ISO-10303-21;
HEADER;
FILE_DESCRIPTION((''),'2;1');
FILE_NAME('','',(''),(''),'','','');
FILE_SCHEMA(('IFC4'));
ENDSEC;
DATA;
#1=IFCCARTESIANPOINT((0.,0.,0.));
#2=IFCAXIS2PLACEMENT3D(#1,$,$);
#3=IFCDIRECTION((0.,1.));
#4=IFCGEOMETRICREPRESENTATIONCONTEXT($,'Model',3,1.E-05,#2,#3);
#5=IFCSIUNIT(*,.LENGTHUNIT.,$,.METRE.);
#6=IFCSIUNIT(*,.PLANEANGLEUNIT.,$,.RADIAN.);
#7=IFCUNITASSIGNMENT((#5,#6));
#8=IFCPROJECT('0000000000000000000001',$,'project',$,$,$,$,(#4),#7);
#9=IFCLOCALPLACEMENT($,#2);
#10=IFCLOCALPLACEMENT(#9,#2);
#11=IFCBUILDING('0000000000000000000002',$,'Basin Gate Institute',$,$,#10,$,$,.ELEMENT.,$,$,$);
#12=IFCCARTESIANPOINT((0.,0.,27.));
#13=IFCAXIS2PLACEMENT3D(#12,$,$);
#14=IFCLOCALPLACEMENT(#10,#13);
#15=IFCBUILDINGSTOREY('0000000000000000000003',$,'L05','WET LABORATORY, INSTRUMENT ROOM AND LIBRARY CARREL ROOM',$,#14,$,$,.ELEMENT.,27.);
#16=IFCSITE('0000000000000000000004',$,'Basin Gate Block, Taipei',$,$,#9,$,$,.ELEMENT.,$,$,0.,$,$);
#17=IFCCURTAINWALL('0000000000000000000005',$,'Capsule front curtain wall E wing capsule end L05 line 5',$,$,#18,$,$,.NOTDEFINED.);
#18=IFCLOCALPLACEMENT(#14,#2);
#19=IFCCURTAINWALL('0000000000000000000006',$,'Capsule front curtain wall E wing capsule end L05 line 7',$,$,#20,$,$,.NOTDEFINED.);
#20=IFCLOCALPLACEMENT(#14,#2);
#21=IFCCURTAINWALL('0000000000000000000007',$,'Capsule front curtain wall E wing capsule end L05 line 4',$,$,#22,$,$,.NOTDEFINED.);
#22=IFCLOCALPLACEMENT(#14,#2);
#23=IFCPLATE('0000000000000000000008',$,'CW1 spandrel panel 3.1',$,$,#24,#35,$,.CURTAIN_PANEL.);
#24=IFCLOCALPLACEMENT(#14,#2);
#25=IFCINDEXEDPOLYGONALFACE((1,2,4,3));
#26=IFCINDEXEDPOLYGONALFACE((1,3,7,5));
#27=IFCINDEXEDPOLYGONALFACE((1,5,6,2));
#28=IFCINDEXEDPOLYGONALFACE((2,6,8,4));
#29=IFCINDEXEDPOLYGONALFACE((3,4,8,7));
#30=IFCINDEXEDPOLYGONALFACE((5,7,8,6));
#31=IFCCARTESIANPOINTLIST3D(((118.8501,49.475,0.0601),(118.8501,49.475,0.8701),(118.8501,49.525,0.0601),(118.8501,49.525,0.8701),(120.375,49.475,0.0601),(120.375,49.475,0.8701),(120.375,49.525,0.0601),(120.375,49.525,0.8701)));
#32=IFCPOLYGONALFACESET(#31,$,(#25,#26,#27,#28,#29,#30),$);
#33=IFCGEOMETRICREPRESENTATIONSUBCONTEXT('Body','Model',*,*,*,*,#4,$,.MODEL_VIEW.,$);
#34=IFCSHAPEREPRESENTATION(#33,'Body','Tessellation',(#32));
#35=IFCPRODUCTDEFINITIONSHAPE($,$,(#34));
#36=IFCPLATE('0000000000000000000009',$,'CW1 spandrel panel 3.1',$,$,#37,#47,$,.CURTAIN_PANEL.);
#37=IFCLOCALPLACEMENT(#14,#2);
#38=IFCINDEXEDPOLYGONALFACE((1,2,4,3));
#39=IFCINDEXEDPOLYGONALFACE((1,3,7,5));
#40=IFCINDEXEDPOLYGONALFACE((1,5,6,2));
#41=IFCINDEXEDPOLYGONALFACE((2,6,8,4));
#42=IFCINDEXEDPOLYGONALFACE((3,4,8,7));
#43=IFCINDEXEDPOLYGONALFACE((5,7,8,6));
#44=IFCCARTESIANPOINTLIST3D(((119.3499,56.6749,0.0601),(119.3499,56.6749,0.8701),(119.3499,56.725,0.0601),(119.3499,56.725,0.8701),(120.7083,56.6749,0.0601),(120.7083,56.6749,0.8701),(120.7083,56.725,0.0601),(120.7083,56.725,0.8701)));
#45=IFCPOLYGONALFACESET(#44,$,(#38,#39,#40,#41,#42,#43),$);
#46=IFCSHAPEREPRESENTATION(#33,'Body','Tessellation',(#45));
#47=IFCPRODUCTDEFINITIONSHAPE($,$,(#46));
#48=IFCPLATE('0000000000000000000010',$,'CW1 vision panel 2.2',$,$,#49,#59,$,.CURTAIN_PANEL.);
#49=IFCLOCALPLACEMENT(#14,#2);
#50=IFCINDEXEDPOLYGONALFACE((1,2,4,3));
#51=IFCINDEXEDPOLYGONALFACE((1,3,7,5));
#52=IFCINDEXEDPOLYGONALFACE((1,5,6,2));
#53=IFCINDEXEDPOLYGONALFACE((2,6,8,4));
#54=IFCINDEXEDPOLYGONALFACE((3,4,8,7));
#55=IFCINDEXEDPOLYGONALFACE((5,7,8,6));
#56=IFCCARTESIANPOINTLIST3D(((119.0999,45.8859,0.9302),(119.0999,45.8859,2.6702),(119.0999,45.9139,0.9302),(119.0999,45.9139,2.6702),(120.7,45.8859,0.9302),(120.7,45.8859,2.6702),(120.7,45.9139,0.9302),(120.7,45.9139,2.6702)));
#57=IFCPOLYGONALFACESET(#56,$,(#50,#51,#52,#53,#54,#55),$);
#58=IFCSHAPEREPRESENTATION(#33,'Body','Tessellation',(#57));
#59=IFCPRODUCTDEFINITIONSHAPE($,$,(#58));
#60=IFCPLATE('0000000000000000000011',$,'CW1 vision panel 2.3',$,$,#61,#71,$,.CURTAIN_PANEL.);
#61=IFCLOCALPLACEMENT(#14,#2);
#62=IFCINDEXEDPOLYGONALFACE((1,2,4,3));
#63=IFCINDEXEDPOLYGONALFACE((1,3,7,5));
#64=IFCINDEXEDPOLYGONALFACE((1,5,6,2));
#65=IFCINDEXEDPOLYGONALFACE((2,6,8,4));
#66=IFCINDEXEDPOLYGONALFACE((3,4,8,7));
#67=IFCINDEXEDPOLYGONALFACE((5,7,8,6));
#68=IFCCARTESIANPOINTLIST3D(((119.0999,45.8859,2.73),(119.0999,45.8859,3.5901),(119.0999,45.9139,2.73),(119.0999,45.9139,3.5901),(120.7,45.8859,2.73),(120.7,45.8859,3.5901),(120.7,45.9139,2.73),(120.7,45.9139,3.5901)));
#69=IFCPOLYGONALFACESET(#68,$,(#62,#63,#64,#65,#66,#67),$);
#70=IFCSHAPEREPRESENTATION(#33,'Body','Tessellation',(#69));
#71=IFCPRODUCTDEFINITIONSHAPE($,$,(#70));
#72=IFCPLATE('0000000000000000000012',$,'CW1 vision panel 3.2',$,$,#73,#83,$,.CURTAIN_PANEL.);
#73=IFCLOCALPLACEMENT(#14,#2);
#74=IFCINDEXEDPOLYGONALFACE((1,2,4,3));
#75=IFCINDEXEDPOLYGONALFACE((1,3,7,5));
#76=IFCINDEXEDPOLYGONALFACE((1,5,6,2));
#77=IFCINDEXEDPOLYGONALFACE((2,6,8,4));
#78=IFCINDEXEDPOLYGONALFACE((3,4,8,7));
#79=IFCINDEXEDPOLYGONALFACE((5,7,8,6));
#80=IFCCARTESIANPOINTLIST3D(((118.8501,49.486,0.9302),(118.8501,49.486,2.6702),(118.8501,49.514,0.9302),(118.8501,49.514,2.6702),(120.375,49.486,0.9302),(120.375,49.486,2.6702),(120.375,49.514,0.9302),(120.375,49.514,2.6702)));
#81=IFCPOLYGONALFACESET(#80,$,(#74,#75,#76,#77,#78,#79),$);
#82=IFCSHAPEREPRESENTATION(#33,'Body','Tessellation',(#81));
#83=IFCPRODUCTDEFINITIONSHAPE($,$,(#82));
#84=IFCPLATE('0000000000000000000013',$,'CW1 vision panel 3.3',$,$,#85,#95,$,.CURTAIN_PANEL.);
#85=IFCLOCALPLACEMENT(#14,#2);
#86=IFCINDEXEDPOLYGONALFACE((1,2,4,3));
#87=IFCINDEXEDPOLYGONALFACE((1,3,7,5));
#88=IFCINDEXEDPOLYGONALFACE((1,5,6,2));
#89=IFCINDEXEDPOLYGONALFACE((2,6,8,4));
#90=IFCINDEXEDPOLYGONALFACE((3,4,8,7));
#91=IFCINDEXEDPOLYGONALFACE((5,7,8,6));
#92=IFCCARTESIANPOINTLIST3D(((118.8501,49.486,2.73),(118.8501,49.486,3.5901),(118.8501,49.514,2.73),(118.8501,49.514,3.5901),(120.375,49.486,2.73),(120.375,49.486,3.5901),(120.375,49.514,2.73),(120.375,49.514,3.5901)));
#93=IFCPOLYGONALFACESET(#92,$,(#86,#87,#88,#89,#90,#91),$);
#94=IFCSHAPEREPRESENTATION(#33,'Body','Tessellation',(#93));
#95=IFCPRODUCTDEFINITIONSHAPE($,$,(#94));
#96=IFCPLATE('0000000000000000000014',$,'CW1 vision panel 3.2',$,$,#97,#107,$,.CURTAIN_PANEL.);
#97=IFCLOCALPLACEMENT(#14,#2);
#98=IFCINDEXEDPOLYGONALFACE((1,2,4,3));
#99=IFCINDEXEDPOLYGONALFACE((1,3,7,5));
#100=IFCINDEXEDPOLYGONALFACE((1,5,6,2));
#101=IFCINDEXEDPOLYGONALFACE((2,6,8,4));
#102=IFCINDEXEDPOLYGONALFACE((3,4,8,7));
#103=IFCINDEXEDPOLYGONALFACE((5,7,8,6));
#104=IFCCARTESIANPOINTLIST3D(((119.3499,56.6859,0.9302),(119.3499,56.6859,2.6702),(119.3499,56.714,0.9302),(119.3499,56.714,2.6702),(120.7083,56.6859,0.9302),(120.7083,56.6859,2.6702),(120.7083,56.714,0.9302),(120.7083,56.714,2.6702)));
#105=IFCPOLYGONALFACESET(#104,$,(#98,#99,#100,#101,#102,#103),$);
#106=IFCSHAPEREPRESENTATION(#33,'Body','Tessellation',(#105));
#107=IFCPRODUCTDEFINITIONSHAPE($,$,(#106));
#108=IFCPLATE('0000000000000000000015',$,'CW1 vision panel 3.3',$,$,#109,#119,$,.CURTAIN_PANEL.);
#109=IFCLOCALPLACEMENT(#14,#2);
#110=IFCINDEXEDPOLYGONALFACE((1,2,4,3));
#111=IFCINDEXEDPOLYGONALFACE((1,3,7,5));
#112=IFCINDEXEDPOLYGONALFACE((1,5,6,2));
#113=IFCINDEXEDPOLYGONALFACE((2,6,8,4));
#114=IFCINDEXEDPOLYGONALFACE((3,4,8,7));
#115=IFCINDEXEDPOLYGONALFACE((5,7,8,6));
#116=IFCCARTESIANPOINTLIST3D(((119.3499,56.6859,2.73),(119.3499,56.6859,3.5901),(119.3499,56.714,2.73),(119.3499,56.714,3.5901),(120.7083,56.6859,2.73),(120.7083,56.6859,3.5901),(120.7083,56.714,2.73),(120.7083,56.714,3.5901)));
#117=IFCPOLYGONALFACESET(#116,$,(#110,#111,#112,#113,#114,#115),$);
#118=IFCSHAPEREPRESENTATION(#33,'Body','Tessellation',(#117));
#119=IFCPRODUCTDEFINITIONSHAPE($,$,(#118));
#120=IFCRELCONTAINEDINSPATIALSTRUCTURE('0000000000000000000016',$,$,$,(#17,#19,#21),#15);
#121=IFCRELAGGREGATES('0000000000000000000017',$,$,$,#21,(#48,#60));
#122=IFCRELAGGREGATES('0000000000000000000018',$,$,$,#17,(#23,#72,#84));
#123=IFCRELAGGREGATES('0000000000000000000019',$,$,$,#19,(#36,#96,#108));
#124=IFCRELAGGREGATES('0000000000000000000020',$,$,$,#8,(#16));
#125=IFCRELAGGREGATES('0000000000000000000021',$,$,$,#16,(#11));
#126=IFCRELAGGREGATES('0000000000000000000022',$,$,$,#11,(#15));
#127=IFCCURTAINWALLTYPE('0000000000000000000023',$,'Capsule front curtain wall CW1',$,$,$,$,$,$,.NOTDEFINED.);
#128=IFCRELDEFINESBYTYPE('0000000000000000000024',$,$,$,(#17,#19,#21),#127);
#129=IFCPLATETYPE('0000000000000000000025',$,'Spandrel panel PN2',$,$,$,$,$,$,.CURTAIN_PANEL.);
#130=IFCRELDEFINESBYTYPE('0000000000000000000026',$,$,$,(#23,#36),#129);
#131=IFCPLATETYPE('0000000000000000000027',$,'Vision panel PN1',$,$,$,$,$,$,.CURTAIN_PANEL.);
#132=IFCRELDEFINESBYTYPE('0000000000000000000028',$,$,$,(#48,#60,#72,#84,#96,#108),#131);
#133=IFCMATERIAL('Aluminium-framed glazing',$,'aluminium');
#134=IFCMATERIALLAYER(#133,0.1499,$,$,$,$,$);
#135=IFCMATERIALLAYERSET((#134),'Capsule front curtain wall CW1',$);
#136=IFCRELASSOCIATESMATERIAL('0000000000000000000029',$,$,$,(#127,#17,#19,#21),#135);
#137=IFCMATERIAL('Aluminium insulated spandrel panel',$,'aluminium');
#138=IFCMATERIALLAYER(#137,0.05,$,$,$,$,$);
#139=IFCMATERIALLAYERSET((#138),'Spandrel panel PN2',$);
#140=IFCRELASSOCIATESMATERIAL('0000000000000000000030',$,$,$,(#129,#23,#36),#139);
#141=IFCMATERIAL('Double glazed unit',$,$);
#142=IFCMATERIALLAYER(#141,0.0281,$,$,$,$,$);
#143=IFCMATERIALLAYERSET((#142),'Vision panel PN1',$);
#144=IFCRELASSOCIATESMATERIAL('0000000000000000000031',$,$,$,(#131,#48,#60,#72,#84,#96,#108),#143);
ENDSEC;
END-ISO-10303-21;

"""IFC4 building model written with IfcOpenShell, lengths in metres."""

from ifc_helpers import new_model, si_unit, direction, frame, origin, origin_2d, place, context, subcontext, project, spatial, rectangle, extrude, material, layer, layer_set, type_object, element, aggregate, save


model = new_model("IFC4")

# Units and contexts
model_context = context("Model", 3, precision=1e-05, world=origin(), true_north=direction((0.0, 1.0)))
body_context = subcontext(model_context, "Body", "Model", "MODEL_VIEW")
ifc_project = project(units=[si_unit("LENGTHUNIT", "METRE"), si_unit("PLANEANGLEUNIT", "RADIAN")], contexts=[model_context])

# Site, building, storey
site_placement = place(None, origin())
site = spatial("IfcSite", under=ifc_project, at=site_placement, Name="Basin Gate Block, Taipei", CompositionType="ELEMENT", RefElevation=0.0)
building_placement = place(site_placement, origin())
building = spatial("IfcBuilding", under=site, at=building_placement, Name="Basin Gate Institute", CompositionType="ELEMENT")
storey_placement = place(building_placement, frame((0.0, 0.0, 27.0)))
storey = spatial("IfcBuildingStorey", under=building, at=storey_placement, Name="L05", Description="WET LABORATORY, INSTRUMENT ROOM AND LIBRARY CARREL ROOM", CompositionType="ELEMENT", Elevation=27.0)

# Curtain walls
ifc_material_1 = material(Name="Aluminium-framed glazing", Category="aluminium")
ifc_layer_1 = layer(ifc_material_1, 0.1499)
ifc_layer_set_1 = layer_set([ifc_layer_1], Name="Capsule front curtain wall CW1")
curtain_wall_type = type_object("IfcCurtainWallType", Name="Capsule front curtain wall CW1", PredefinedType="NOTDEFINED", material=ifc_layer_set_1)
curtain_wall_1_placement = place(storey_placement, origin())
curtain_wall_1 = element("IfcCurtainWall", 1, at=curtain_wall_1_placement, inside=storey, type_object=curtain_wall_type, material=ifc_layer_set_1, Name="Capsule front curtain wall E wing capsule end L05 line 5", PredefinedType="NOTDEFINED")
curtain_wall_2_placement = place(storey_placement, origin())
curtain_wall_2 = element("IfcCurtainWall", 2, at=curtain_wall_2_placement, inside=storey, type_object=curtain_wall_type, material=ifc_layer_set_1, Name="Capsule front curtain wall E wing capsule end L05 line 7", PredefinedType="NOTDEFINED")

# Curtain wall
curtain_wall_3_placement = place(storey_placement, origin())
curtain_wall_3 = element("IfcCurtainWall", 3, at=curtain_wall_3_placement, inside=storey, type_object=curtain_wall_type, material=ifc_layer_set_1, Name="Capsule front curtain wall E wing capsule end L05 line 4", PredefinedType="NOTDEFINED")

# Plates
ifc_material_2 = material(Name="Aluminium insulated spandrel panel", Category="aluminium")
ifc_layer_2 = layer(ifc_material_2, 0.05)
ifc_layer_set_2 = layer_set([ifc_layer_2], Name="Spandrel panel PN2")
plate_type_1 = type_object("IfcPlateType", Name="Spandrel panel PN2", PredefinedType="CURTAIN_PANEL", material=ifc_layer_set_2)
plate_1_placement = place(storey_placement, frame((119.6125, 49.5, 0.0601), z_axis=(0.0, 0.0, 1.0), x_axis=(-1.0, 0.0, 0.0)))
plate_1 = element("IfcPlate", 4, at=plate_1_placement, type_object=plate_type_1, material=ifc_layer_set_2, Name="CW1 spandrel panel 3.1", PredefinedType="CURTAIN_PANEL", context=body_context, shape_type="SweptSolid", body=[
    extrude(rectangle(XDim=1.5249, YDim=0.05, at=origin_2d()), origin(), (0.0, 0.0, 1.0), 0.8101),
])
plate_2_placement = place(storey_placement, frame((120.0291, 56.7, 0.0601), z_axis=(0.0, 0.0, 1.0), x_axis=(-1.0, 0.0, 0.0)))
plate_2 = element("IfcPlate", 5, at=plate_2_placement, type_object=plate_type_1, material=ifc_layer_set_2, Name="CW1 spandrel panel 3.1", PredefinedType="CURTAIN_PANEL", context=body_context, shape_type="SweptSolid", body=[
    extrude(rectangle(XDim=1.3584, YDim=0.05, at=origin_2d()), origin(), (0.0, 0.0, 1.0), 0.8101),
])
ifc_material_3 = material(Name="Double glazed unit")
ifc_layer_3 = layer(ifc_material_3, 0.0281)
ifc_layer_set_3 = layer_set([ifc_layer_3], Name="Vision panel PN1")
plate_type_2 = type_object("IfcPlateType", Name="Vision panel PN1", PredefinedType="CURTAIN_PANEL", material=ifc_layer_set_3)
plate_3_placement = place(storey_placement, frame((119.8999, 45.8999, 0.9302), z_axis=(0.0, 0.0, 1.0), x_axis=(-1.0, 0.0, 0.0)))
plate_3 = element("IfcPlate", 6, at=plate_3_placement, type_object=plate_type_2, material=ifc_layer_set_3, Name="CW1 vision panel 2.2", PredefinedType="CURTAIN_PANEL", context=body_context, shape_type="SweptSolid", body=[
    extrude(rectangle(XDim=1.6001, YDim=0.0281, at=origin_2d()), origin(), (0.0, 0.0, 1.0), 1.74),
])
plate_4_placement = place(storey_placement, frame((119.8999, 45.8999, 2.73), z_axis=(0.0, 0.0, 1.0), x_axis=(-1.0, 0.0, 0.0)))
plate_4 = element("IfcPlate", 7, at=plate_4_placement, type_object=plate_type_2, material=ifc_layer_set_3, Name="CW1 vision panel 2.3", PredefinedType="CURTAIN_PANEL", context=body_context, shape_type="SweptSolid", body=[
    extrude(rectangle(XDim=1.6001, YDim=0.0281, at=origin_2d()), origin(), (0.0, 0.0, 1.0), 0.8601),
])
aggregate(curtain_wall_3, [plate_3, plate_4])
plate_5_placement = place(storey_placement, frame((119.6125, 49.5, 0.9302), z_axis=(0.0, 0.0, 1.0), x_axis=(-1.0, 0.0, 0.0)))
plate_5 = element("IfcPlate", 8, at=plate_5_placement, type_object=plate_type_2, material=ifc_layer_set_3, Name="CW1 vision panel 3.2", PredefinedType="CURTAIN_PANEL", context=body_context, shape_type="SweptSolid", body=[
    extrude(rectangle(XDim=1.5249, YDim=0.0281, at=origin_2d()), origin(), (0.0, 0.0, 1.0), 1.74),
])
plate_6_placement = place(storey_placement, frame((119.6125, 49.5, 2.73), z_axis=(0.0, 0.0, 1.0), x_axis=(-1.0, 0.0, 0.0)))
plate_6 = element("IfcPlate", 9, at=plate_6_placement, type_object=plate_type_2, material=ifc_layer_set_3, Name="CW1 vision panel 3.3", PredefinedType="CURTAIN_PANEL", context=body_context, shape_type="SweptSolid", body=[
    extrude(rectangle(XDim=1.5249, YDim=0.0281, at=origin_2d()), origin(), (0.0, 0.0, 1.0), 0.8601),
])
aggregate(curtain_wall_1, [plate_1, plate_5, plate_6])
plate_7_placement = place(storey_placement, frame((120.0291, 56.7, 0.9302), z_axis=(0.0, 0.0, 1.0), x_axis=(-1.0, 0.0, 0.0)))
plate_7 = element("IfcPlate", 10, at=plate_7_placement, type_object=plate_type_2, material=ifc_layer_set_3, Name="CW1 vision panel 3.2", PredefinedType="CURTAIN_PANEL", context=body_context, shape_type="SweptSolid", body=[
    extrude(rectangle(XDim=1.3584, YDim=0.0281, at=origin_2d()), origin(), (0.0, 0.0, 1.0), 1.74),
])
plate_8_placement = place(storey_placement, frame((120.0291, 56.7, 2.73), z_axis=(0.0, 0.0, 1.0), x_axis=(-1.0, 0.0, 0.0)))
plate_8 = element("IfcPlate", 11, at=plate_8_placement, type_object=plate_type_2, material=ifc_layer_set_3, Name="CW1 vision panel 3.3", PredefinedType="CURTAIN_PANEL", context=body_context, shape_type="SweptSolid", body=[
    extrude(rectangle(XDim=1.3584, YDim=0.0281, at=origin_2d()), origin(), (0.0, 0.0, 1.0), 0.8601),
])
aggregate(curtain_wall_2, [plate_2, plate_7, plate_8])

save(model, "model.ifc")
